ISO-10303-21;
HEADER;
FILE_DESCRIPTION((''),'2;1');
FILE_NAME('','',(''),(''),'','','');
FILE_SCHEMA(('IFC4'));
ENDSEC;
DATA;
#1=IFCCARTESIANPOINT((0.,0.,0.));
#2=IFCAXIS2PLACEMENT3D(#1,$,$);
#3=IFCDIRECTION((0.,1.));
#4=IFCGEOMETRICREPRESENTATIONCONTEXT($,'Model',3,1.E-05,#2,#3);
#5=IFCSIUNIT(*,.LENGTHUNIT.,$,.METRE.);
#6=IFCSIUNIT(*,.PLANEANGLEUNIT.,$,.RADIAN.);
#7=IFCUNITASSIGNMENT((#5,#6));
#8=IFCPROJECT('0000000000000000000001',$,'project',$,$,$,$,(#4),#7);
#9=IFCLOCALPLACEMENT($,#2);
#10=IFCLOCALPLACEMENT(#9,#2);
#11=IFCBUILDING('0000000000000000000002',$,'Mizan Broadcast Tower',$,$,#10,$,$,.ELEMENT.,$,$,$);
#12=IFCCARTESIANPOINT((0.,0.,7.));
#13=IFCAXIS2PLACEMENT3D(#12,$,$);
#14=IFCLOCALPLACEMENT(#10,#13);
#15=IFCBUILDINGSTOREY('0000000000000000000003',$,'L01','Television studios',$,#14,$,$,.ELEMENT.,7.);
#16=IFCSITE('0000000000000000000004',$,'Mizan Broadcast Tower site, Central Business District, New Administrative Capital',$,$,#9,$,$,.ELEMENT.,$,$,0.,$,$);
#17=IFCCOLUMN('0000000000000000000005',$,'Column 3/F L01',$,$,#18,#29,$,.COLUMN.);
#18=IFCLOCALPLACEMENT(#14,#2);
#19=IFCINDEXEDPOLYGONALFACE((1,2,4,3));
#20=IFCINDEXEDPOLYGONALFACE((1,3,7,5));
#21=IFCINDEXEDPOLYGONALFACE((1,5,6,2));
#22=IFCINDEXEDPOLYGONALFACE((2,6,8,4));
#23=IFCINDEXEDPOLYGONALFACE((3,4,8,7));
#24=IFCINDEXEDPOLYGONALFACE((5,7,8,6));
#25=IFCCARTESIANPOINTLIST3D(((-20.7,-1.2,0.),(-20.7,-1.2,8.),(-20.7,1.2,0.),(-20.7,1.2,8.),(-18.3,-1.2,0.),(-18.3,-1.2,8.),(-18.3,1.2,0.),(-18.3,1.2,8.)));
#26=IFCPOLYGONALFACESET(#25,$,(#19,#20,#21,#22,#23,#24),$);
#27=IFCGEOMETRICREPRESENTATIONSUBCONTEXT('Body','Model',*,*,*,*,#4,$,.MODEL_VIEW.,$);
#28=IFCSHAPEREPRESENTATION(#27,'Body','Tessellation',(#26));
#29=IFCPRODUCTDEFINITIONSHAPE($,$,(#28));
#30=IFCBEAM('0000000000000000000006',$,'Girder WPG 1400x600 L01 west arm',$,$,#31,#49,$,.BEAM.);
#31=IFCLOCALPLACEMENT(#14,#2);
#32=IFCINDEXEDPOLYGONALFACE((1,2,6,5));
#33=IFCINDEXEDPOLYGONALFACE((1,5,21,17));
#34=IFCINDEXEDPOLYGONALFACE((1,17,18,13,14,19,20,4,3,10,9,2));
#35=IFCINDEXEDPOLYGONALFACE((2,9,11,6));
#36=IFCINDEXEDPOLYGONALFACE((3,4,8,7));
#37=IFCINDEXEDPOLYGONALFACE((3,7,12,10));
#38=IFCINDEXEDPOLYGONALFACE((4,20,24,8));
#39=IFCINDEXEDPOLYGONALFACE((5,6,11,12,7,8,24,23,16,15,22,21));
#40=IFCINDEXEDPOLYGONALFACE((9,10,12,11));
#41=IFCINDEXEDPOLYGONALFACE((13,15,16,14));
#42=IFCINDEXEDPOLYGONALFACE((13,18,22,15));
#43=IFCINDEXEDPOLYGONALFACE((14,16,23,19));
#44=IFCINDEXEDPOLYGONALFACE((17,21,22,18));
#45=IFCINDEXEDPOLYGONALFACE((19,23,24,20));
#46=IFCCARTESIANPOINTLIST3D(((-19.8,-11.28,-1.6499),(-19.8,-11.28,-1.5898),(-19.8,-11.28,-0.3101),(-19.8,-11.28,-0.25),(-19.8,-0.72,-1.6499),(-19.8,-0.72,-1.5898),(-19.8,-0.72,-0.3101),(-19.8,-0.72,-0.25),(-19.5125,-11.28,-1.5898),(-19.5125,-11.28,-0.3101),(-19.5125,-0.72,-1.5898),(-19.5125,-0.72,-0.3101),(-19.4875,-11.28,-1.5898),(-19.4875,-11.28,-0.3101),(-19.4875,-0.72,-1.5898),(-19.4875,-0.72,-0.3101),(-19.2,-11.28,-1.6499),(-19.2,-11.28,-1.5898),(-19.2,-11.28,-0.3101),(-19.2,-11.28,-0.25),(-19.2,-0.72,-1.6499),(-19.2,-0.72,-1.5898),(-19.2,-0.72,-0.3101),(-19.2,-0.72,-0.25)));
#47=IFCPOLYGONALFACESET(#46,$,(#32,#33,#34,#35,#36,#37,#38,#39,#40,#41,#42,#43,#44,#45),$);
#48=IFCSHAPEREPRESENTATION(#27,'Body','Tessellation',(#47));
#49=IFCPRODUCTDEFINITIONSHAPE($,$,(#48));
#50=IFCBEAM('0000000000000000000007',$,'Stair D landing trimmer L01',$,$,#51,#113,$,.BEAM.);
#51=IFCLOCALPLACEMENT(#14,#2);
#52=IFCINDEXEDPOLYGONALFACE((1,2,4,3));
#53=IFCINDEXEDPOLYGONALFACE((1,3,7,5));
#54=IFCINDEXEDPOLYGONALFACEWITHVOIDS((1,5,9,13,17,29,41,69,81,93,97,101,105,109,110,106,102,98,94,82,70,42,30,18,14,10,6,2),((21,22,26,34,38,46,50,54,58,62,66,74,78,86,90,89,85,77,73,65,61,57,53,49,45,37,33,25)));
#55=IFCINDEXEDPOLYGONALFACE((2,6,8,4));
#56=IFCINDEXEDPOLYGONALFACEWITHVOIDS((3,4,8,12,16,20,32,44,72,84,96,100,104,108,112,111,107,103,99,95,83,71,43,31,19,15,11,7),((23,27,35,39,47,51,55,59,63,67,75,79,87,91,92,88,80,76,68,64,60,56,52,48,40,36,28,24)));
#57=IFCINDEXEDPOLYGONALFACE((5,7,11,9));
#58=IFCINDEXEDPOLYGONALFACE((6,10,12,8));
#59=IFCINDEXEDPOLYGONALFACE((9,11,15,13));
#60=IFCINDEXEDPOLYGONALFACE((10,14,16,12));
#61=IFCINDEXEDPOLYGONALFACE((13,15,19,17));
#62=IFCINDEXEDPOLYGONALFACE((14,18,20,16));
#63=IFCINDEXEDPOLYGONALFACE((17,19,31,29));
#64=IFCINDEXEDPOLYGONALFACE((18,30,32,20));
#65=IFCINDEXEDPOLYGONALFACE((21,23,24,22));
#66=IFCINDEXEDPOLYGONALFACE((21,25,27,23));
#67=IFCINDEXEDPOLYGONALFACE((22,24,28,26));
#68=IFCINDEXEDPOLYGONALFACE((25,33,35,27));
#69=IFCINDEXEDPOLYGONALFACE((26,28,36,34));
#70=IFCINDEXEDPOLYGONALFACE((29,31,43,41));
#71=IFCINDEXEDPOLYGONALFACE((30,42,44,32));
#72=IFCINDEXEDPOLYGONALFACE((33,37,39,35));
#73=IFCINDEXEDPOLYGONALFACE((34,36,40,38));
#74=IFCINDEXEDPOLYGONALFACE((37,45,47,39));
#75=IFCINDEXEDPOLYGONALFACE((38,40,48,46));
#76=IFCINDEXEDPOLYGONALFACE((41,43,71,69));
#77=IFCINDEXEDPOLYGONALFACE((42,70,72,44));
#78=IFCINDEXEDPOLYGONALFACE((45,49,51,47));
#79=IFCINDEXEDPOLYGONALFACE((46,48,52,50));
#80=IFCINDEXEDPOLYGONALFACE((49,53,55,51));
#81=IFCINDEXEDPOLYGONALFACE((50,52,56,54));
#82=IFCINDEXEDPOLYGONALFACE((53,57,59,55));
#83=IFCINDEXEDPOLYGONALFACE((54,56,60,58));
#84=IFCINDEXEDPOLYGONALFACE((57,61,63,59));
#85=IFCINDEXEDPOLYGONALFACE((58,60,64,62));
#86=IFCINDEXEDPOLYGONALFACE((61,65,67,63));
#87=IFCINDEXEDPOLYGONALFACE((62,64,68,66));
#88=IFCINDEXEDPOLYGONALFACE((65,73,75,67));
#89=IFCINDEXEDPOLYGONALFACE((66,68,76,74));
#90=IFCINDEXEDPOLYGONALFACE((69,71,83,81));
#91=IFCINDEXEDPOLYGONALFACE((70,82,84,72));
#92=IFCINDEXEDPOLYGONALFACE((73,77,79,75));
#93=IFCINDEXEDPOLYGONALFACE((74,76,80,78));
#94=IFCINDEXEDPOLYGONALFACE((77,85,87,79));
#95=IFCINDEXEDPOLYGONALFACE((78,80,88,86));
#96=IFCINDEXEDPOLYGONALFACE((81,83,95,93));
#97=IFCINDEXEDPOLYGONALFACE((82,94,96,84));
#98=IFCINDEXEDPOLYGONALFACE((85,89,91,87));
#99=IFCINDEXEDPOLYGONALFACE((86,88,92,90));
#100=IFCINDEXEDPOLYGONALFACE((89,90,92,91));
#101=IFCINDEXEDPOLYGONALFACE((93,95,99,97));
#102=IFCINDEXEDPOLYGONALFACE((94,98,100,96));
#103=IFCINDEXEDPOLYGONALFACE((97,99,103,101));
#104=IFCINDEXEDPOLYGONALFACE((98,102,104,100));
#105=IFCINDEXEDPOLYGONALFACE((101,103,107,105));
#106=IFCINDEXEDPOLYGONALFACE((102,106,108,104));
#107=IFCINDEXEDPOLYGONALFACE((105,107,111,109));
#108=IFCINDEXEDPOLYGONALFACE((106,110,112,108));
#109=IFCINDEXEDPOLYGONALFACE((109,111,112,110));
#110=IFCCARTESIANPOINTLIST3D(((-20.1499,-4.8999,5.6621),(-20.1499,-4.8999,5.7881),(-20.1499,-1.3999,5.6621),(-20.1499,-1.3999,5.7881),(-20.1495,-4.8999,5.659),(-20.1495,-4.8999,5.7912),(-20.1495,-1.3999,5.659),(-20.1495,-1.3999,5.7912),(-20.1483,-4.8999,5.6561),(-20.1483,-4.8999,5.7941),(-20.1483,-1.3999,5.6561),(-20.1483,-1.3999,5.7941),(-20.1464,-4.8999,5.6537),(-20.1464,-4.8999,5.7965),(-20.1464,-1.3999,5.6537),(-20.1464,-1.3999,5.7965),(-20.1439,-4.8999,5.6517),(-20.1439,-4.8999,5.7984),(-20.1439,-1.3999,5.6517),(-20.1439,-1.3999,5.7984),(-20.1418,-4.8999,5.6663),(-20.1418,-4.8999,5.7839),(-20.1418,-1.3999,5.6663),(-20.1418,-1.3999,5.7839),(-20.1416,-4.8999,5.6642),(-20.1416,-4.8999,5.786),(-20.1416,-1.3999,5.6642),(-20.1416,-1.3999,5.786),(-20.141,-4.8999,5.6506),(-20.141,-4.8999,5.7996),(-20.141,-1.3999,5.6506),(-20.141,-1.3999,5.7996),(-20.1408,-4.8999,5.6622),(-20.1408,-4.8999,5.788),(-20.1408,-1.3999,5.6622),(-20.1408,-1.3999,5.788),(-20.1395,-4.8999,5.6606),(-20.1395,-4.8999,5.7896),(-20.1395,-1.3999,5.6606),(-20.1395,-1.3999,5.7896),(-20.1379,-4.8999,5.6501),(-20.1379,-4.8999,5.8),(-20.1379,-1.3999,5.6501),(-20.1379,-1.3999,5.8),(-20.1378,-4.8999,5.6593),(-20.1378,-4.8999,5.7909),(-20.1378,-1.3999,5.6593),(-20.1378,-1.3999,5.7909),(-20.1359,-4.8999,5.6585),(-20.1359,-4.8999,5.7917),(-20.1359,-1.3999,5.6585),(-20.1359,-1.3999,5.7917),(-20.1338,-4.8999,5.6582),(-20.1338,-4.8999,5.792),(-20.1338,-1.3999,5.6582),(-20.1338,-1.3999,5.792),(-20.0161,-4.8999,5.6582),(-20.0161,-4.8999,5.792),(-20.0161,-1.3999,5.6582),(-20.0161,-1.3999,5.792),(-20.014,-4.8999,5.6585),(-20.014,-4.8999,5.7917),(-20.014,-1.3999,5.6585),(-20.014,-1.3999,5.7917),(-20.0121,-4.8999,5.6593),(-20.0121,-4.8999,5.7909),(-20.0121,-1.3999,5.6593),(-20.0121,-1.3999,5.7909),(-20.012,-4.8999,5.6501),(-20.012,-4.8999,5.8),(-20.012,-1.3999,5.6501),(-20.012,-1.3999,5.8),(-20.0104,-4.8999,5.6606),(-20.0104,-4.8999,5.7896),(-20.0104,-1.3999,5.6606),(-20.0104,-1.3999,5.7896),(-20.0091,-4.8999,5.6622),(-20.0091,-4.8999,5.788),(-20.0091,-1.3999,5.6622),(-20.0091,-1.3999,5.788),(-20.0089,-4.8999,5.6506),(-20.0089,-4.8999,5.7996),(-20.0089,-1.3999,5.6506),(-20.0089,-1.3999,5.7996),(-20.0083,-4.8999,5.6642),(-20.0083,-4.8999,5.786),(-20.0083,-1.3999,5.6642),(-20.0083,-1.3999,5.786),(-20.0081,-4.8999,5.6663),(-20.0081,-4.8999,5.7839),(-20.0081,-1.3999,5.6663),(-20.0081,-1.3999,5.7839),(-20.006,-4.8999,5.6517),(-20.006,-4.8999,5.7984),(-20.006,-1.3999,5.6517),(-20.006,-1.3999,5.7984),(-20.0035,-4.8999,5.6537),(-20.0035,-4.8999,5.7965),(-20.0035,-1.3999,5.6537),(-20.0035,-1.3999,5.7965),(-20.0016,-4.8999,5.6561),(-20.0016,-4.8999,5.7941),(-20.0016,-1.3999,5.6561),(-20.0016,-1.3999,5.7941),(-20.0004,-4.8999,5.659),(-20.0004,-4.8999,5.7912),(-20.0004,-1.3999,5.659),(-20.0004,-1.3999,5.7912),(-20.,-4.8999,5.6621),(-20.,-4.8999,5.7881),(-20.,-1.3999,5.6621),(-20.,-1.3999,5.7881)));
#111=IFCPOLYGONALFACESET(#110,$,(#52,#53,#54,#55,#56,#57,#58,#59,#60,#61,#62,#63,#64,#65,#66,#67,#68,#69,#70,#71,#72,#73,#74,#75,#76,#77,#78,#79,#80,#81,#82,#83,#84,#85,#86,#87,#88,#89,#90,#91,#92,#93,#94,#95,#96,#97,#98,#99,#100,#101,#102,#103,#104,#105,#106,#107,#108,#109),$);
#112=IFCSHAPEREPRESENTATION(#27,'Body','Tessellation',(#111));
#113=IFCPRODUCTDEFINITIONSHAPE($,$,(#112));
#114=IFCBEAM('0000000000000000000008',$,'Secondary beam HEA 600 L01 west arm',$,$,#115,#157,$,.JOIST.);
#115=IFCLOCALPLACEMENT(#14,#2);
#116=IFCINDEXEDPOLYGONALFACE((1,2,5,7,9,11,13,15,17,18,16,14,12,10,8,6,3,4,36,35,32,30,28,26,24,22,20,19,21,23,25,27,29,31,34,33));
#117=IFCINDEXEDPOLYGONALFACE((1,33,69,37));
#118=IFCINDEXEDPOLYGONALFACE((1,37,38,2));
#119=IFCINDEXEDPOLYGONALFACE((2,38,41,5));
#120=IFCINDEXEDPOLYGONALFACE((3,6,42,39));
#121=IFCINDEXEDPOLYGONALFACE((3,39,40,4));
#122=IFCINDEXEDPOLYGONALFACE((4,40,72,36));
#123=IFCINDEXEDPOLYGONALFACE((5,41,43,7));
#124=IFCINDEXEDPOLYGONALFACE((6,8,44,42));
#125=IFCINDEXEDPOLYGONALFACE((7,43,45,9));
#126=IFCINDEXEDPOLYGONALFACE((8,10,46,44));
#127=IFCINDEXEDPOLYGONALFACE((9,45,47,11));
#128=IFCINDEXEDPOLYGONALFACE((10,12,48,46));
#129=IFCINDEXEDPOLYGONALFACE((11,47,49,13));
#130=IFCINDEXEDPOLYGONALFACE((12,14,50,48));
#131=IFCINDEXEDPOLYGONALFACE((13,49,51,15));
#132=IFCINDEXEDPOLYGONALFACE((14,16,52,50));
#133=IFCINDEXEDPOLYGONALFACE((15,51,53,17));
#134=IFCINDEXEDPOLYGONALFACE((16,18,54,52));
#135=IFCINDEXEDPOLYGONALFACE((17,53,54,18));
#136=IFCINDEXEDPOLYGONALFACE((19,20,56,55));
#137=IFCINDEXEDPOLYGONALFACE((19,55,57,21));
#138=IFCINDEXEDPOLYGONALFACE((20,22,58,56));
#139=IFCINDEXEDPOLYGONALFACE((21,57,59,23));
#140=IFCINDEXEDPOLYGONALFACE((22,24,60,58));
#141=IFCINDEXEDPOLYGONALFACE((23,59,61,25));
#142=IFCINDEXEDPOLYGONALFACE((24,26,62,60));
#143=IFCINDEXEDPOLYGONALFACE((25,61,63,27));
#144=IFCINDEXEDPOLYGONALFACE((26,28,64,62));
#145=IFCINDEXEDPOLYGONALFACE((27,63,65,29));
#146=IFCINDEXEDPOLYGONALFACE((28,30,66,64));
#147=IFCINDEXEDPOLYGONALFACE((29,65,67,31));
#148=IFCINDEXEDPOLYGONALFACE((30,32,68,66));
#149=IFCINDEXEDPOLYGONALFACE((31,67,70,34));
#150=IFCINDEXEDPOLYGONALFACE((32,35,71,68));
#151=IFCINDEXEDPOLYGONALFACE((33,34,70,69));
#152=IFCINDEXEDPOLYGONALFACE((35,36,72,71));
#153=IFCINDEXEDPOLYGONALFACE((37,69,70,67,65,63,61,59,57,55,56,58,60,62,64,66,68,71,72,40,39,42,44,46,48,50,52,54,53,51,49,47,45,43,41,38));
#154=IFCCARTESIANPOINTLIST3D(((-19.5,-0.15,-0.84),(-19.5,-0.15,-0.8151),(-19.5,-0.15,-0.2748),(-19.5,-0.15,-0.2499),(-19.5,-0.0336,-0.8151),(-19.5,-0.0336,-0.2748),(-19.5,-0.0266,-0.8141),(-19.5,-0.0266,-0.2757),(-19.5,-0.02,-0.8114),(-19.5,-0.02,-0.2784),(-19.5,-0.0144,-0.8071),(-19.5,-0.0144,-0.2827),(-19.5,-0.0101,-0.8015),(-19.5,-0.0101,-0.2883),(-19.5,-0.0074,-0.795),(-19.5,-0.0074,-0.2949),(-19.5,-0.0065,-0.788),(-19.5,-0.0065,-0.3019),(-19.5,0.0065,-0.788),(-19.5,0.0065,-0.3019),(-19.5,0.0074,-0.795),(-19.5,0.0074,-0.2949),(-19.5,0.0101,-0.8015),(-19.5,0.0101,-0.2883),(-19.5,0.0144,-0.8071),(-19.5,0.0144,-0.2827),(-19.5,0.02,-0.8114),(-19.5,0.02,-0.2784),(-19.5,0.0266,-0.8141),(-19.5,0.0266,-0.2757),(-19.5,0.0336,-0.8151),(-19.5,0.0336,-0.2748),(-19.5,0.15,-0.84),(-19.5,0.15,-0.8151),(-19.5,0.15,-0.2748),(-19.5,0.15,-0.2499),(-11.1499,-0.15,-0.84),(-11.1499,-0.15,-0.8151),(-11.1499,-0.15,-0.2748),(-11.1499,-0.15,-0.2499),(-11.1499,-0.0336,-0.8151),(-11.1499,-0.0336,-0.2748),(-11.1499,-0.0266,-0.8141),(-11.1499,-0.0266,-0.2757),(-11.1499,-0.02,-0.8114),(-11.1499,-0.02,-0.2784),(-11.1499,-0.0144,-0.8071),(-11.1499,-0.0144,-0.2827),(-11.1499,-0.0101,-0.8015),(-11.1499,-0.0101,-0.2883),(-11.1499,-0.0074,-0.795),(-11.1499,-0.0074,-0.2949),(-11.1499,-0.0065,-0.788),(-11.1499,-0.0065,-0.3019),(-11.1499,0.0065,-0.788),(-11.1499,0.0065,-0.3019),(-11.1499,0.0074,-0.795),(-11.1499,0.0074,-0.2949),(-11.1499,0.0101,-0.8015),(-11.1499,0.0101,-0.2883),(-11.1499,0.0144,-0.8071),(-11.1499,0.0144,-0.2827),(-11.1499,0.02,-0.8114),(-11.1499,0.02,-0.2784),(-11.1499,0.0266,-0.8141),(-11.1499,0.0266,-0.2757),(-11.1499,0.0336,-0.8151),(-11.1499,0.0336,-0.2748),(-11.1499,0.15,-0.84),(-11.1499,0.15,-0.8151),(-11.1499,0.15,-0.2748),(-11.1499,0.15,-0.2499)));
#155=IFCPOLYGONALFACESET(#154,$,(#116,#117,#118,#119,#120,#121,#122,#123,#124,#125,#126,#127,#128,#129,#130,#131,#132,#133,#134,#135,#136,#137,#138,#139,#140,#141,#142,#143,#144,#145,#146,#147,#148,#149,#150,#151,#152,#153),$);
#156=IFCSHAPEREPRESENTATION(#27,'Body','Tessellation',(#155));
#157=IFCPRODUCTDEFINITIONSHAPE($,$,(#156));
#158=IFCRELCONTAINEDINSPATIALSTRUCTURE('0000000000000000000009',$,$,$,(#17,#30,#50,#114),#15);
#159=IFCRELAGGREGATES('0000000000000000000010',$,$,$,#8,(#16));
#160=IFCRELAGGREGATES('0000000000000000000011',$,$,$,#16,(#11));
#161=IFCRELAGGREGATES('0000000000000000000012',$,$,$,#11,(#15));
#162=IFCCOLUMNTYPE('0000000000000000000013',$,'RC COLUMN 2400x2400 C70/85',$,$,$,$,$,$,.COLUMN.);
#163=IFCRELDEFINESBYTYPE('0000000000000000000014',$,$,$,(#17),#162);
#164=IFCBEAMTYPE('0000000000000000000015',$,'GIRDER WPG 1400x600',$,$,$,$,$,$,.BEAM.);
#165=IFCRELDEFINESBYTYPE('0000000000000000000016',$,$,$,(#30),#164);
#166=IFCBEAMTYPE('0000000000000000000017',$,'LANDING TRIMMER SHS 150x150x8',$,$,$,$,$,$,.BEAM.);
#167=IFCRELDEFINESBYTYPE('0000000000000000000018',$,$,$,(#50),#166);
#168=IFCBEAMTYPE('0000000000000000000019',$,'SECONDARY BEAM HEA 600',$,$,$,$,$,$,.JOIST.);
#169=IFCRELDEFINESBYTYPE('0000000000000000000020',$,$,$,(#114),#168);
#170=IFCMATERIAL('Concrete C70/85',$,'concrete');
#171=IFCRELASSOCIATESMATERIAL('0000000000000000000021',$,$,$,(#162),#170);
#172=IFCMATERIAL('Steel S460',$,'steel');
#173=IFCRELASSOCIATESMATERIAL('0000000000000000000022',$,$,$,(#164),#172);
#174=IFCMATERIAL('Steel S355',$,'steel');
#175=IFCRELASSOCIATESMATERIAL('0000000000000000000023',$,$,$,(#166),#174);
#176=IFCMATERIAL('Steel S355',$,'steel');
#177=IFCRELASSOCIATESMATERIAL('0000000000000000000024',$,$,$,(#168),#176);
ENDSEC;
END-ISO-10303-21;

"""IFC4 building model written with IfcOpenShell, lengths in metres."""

from ifc_helpers import new_model, si_unit, direction, frame, origin, origin_2d, place, context, subcontext, project, spatial, rectangle, hollow_rectangle, i_section, extrude, material, material_profile, profile_set, type_object, element, save


model = new_model("IFC4")

# Units and contexts
model_context = context("Model", 3, precision=1e-05, world=origin(), true_north=direction((0.0, 1.0)))
body_context = subcontext(model_context, "Body", "Model", "MODEL_VIEW")
ifc_project = project(units=[si_unit("LENGTHUNIT", "METRE"), si_unit("PLANEANGLEUNIT", "RADIAN")], contexts=[model_context])

# Site, building, storey
site_placement = place(None, origin())
site = spatial("IfcSite", under=ifc_project, at=site_placement, Name="Mizan Broadcast Tower site, Central Business District, New Administrative Capital", CompositionType="ELEMENT", RefElevation=0.0)
building_placement = place(site_placement, origin())
building = spatial("IfcBuilding", under=site, at=building_placement, Name="Mizan Broadcast Tower", CompositionType="ELEMENT")
storey_placement = place(building_placement, frame((0.0, 0.0, 7.0)))
storey = spatial("IfcBuildingStorey", under=building, at=storey_placement, Name="L01", Description="Television studios", CompositionType="ELEMENT", Elevation=7.0)

# Column
ifc_material_1 = material(Name="Concrete C70/85", Category="concrete")
ifc_material_profile_1 = material_profile(ifc_material_1, rectangle(XDim=2.3999, YDim=2.3999, at=origin_2d()), Name="RC 2400x2400")
ifc_profile_set_1 = profile_set([ifc_material_profile_1], Name="Concrete C70/85")
column_type = type_object("IfcColumnType", Name="RC COLUMN 2400x2400 C70/85", PredefinedType="COLUMN", material=ifc_profile_set_1)
column_placement = place(storey_placement, frame((-19.5, 0.0, 0.0), z_axis=(0.0, 0.0, 1.0), x_axis=(1.0, 0.0, 0.0)))
element("IfcColumn", 1, at=column_placement, inside=storey, type_object=column_type, Name="Column 3/F L01", PredefinedType="COLUMN", context=body_context, shape_type="SweptSolid", body=[
    extrude(rectangle(XDim=2.3999, YDim=2.3999, at=origin_2d()), origin(), (0.0, 0.0, 1.0), 8.0),
])

# Beams
ifc_material_2 = material(Name="Steel S460", Category="steel")
ifc_material_profile_2 = material_profile(ifc_material_2, i_section(OverallWidth=0.6001, OverallDepth=1.3999, WebThickness=0.0249, FlangeThickness=0.0601, at=origin_2d()), Name="WPG 1400x600")
ifc_profile_set_2 = profile_set([ifc_material_profile_2], Name="Steel S460")
beam_type_1 = type_object("IfcBeamType", Name="GIRDER WPG 1400x600", PredefinedType="BEAM", material=ifc_profile_set_2)
beam_1_placement = place(storey_placement, frame((-19.5, -0.72, -0.95), z_axis=(0.0, -1.0, 0.0), x_axis=(1.0, 0.0, 0.0)))
element("IfcBeam", 2, at=beam_1_placement, inside=storey, type_object=beam_type_1, Name="Girder WPG 1400x600 L01 west arm", PredefinedType="BEAM", context=body_context, shape_type="SweptSolid", body=[
    extrude(i_section(OverallWidth=0.6001, OverallDepth=1.3999, WebThickness=0.0249, FlangeThickness=0.0601, at=origin_2d()), origin(), (0.0, 0.0, 1.0), 10.5601),
])
ifc_material_3 = material(Name="Steel S355", Category="steel")
ifc_material_profile_3 = material_profile(ifc_material_3, hollow_rectangle(XDim=0.1499, YDim=0.1499, WallThickness=0.0081, InnerFilletRadius=0.0081, OuterFilletRadius=0.012, at=origin_2d()), Name="SHS 150x150x8")
ifc_profile_set_3 = profile_set([ifc_material_profile_3], Name="Steel S355")
beam_type_2 = type_object("IfcBeamType", Name="LANDING TRIMMER SHS 150x150x8", PredefinedType="BEAM", material=ifc_profile_set_3)
beam_2_placement = place(storey_placement, frame((-20.075, -1.3999, 5.7251), z_axis=(0.0, -1.0, 0.0), x_axis=(1.0, 0.0, 0.0)))
element("IfcBeam", 3, at=beam_2_placement, inside=storey, type_object=beam_type_2, Name="Stair D landing trimmer L01", PredefinedType="BEAM", context=body_context, shape_type="SweptSolid", body=[
    extrude(hollow_rectangle(XDim=0.1499, YDim=0.1499, WallThickness=0.0081, InnerFilletRadius=0.0081, OuterFilletRadius=0.012, at=origin_2d()), origin(), (0.0, 0.0, 1.0), 3.5),
])
ifc_material_4 = material(Name="Steel S355", Category="steel")
ifc_material_profile_4 = material_profile(ifc_material_4, i_section(OverallWidth=0.3, OverallDepth=0.5901, WebThickness=0.0129, FlangeThickness=0.0249, FilletRadius=0.0271, at=origin_2d()), Name="HEA 600")
ifc_profile_set_4 = profile_set([ifc_material_profile_4], Name="Steel S355")
beam_type_3 = type_object("IfcBeamType", Name="SECONDARY BEAM HEA 600", PredefinedType="JOIST", material=ifc_profile_set_4)
beam_3_placement = place(storey_placement, frame((-11.1499, 0.0, -0.5449), z_axis=(-1.0, 0.0, 0.0), x_axis=(0.0, -1.0, 0.0)))
element("IfcBeam", 4, at=beam_3_placement, inside=storey, type_object=beam_type_3, Name="Secondary beam HEA 600 L01 west arm", PredefinedType="JOIST", context=body_context, shape_type="SweptSolid", body=[
    extrude(i_section(OverallWidth=0.3, OverallDepth=0.5901, WebThickness=0.0129, FlangeThickness=0.0249, FilletRadius=0.0271, at=origin_2d()), origin(), (0.0, 0.0, 1.0), 8.3501),
])

save(model, "model.ifc")
